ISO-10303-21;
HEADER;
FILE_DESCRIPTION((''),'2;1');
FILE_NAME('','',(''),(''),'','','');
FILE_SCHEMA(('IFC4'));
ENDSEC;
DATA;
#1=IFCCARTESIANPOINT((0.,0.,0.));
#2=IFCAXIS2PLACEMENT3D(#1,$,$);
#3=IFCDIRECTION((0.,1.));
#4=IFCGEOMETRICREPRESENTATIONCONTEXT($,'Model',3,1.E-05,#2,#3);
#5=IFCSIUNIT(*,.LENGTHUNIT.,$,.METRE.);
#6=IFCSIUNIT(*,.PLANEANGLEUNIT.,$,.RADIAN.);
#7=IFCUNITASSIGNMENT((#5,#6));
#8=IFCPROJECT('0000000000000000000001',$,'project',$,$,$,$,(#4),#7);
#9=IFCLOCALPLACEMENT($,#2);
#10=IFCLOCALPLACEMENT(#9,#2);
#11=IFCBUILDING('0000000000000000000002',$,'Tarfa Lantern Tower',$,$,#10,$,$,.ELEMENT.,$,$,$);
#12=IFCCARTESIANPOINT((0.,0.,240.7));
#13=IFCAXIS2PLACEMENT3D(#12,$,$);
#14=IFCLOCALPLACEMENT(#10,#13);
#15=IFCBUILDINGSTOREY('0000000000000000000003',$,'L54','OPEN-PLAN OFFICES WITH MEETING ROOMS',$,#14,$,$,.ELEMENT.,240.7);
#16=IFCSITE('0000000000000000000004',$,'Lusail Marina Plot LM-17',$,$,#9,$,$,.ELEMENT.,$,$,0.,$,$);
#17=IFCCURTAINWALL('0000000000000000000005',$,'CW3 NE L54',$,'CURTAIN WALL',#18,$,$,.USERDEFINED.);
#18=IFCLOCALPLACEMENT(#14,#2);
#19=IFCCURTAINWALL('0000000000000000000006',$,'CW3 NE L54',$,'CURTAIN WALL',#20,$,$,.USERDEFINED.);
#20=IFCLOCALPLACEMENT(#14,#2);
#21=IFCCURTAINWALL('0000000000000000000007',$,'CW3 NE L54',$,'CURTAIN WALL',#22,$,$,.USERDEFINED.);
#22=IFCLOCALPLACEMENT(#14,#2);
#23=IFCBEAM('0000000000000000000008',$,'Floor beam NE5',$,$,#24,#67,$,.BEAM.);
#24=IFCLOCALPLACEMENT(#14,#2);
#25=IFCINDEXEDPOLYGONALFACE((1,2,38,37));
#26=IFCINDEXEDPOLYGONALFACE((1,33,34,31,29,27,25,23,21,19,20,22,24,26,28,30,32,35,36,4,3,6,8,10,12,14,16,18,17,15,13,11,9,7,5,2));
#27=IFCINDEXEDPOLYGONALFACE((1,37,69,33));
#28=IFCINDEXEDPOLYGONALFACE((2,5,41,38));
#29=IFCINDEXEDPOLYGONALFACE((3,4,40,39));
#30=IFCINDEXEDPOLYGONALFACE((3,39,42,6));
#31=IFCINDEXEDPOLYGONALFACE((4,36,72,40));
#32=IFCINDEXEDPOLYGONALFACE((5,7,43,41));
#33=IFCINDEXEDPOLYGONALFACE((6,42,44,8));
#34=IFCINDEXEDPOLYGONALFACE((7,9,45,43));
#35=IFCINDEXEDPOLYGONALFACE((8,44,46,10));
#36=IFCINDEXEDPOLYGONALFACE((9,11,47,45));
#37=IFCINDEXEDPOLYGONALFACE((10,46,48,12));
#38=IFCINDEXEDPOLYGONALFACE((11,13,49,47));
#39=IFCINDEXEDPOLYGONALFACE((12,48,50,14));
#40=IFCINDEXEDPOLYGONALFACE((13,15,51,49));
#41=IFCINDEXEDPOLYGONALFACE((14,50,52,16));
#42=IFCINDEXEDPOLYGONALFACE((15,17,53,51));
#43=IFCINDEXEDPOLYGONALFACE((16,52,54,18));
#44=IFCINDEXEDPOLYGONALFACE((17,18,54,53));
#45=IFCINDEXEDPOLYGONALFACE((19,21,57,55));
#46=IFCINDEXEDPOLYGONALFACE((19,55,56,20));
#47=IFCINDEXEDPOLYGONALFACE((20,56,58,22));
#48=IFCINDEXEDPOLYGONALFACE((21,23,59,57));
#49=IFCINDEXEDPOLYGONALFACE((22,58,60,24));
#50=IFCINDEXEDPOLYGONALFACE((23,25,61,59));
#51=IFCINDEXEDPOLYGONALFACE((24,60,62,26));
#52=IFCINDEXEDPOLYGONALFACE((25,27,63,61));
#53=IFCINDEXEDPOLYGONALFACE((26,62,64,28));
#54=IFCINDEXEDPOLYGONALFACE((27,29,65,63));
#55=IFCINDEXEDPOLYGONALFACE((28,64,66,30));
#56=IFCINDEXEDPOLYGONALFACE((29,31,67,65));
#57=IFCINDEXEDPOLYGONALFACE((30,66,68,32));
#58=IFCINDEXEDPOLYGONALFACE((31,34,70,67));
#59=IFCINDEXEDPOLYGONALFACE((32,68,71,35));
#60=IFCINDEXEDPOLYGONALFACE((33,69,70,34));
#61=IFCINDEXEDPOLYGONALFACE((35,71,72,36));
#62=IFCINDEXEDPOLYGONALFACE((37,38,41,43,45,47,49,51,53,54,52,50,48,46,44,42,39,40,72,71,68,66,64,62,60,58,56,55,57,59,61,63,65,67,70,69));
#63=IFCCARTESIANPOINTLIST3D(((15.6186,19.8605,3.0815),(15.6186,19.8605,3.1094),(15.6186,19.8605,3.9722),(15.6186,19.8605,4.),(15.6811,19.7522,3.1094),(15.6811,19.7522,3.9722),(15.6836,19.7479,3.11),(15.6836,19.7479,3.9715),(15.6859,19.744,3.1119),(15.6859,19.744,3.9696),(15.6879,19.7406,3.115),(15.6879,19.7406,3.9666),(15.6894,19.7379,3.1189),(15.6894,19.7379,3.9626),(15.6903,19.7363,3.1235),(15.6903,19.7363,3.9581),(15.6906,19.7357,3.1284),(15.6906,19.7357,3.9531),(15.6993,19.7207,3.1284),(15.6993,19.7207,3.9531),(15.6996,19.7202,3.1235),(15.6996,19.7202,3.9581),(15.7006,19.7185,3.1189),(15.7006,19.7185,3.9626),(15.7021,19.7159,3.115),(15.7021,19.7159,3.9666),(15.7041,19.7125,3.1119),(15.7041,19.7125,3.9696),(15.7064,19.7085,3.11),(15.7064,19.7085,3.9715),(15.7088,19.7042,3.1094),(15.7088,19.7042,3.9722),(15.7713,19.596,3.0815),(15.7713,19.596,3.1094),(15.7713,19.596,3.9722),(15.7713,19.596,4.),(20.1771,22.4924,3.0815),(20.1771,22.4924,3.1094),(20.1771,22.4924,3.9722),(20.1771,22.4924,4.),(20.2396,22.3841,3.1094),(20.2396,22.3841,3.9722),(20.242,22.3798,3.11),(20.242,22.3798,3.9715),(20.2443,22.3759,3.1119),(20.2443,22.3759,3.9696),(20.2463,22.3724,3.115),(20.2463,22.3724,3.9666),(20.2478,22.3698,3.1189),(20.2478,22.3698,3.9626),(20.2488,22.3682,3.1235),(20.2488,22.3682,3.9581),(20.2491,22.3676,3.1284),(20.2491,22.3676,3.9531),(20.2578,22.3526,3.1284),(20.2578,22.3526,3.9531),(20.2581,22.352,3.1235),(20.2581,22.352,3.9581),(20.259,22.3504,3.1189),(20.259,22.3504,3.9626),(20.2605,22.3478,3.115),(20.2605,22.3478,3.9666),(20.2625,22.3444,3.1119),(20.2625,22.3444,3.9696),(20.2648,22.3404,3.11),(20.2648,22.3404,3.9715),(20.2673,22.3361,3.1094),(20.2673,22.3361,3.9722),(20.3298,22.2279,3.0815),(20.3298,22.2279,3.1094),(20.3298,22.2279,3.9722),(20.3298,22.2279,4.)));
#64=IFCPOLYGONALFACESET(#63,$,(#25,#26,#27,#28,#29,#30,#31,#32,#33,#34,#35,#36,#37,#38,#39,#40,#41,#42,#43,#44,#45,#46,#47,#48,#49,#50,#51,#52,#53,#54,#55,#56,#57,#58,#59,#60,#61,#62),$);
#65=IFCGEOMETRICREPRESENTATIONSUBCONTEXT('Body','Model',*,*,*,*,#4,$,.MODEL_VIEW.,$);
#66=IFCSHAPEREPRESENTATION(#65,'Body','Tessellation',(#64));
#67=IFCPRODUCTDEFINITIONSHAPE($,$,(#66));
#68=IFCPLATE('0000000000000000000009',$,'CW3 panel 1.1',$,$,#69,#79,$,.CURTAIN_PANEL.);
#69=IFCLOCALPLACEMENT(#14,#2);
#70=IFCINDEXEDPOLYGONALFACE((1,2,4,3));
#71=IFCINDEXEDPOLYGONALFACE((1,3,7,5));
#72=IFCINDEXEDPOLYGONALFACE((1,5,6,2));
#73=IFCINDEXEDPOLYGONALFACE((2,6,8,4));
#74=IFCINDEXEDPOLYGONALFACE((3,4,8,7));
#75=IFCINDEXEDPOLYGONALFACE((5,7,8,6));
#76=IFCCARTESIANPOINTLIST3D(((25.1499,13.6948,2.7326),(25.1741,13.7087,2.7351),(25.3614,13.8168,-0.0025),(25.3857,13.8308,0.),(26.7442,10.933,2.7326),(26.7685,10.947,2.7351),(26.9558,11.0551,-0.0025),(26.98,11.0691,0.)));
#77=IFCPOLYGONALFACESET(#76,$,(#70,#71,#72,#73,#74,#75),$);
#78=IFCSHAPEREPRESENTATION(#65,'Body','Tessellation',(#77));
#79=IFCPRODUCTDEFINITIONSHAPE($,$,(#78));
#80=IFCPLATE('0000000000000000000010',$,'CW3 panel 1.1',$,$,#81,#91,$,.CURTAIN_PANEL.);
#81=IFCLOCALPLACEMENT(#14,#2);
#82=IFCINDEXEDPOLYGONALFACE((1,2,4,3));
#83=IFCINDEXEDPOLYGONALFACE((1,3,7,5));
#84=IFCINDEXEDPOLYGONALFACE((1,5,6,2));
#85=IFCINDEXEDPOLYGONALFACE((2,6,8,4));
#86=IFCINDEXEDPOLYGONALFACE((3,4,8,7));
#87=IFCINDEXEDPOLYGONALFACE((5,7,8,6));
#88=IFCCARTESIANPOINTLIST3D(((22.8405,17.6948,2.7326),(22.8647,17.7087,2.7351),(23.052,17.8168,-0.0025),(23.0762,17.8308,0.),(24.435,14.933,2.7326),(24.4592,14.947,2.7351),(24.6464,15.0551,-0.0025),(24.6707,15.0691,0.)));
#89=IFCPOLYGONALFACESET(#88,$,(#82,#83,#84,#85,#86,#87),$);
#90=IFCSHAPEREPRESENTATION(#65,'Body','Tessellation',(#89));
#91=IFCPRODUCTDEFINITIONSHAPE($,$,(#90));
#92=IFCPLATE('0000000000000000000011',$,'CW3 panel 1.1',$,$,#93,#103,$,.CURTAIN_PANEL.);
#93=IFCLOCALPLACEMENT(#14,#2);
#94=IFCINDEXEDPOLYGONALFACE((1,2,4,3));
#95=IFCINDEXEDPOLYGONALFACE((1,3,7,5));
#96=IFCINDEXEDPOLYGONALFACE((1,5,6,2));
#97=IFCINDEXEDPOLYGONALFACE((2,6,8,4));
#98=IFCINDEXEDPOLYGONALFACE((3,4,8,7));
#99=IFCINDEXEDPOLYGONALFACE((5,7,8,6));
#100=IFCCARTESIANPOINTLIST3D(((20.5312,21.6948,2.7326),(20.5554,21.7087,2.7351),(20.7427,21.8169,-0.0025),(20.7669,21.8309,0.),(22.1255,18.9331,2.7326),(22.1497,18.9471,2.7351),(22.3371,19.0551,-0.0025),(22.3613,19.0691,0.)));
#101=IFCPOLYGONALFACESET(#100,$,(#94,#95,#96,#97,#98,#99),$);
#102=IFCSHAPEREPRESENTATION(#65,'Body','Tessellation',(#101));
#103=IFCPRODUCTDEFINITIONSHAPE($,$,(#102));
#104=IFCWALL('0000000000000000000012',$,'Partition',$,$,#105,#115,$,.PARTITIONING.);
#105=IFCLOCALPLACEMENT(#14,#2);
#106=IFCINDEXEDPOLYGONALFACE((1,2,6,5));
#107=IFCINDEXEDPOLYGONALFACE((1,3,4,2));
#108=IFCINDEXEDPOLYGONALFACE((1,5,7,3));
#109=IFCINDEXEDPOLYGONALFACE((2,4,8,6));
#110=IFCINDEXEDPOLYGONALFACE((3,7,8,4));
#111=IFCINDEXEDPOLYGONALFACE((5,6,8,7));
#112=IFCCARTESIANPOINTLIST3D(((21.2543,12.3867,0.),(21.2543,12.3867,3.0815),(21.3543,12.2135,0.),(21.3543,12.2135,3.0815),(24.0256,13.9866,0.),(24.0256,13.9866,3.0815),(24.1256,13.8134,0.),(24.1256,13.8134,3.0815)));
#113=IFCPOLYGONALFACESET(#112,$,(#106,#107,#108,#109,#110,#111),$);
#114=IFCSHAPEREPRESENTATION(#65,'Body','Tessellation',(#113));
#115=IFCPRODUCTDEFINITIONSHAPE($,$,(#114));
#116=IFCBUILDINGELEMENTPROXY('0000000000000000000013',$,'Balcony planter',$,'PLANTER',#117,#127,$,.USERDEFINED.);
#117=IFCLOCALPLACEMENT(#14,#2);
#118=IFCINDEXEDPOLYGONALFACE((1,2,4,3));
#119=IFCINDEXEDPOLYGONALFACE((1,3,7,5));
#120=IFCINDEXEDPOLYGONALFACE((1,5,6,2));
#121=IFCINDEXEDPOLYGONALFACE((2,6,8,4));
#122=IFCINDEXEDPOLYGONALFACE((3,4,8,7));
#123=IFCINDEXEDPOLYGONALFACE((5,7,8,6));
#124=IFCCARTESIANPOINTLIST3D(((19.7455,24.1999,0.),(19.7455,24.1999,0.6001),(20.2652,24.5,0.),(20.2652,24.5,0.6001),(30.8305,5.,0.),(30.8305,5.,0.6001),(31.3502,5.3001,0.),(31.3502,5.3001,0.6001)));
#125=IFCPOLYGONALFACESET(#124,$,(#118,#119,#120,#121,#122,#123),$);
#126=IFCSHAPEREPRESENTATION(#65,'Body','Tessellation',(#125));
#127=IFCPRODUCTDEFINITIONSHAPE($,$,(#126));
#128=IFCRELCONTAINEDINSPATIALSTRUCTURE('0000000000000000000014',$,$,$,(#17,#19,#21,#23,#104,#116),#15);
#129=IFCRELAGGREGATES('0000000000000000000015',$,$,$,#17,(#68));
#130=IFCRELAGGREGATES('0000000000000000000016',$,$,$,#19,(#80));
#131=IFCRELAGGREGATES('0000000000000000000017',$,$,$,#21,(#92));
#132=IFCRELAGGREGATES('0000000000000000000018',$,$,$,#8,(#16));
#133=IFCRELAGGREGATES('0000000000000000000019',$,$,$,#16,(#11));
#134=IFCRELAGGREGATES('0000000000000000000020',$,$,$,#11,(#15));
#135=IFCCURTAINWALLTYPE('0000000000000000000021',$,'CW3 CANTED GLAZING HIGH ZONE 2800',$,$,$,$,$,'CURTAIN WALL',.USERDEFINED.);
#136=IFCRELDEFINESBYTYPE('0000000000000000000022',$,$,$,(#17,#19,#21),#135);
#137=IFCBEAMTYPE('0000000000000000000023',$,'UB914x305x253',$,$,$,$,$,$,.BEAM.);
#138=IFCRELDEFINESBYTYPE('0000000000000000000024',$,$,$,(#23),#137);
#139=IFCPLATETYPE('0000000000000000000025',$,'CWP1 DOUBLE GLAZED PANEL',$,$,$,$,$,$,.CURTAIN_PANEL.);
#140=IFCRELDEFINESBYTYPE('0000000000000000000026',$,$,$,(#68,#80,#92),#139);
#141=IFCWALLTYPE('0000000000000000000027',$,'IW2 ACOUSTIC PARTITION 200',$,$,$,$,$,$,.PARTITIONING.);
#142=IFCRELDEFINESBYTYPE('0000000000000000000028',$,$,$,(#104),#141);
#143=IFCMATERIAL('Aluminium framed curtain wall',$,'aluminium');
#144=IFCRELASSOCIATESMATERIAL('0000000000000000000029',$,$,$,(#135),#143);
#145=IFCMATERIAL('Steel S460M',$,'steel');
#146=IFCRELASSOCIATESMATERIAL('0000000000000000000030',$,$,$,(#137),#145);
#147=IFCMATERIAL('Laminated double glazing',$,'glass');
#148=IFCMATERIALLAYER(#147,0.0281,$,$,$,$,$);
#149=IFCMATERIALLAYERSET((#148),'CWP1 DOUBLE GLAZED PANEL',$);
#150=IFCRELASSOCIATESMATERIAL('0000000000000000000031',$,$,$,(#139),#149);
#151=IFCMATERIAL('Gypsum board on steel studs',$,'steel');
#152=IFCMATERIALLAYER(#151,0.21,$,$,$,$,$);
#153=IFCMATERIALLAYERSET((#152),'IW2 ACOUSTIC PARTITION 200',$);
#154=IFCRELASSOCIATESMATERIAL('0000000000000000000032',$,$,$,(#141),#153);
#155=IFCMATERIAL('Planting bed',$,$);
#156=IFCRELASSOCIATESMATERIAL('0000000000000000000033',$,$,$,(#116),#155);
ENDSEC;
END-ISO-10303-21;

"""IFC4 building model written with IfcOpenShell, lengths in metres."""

from ifc_helpers import new_model, si_unit, direction, frame, frame_2d, origin, origin_2d, place, context, subcontext, project, spatial, polyline, rectangle, i_section, outline, extrude, material, layer, layer_set, material_profile, profile_set, type_object, element, aggregate, save


model = new_model("IFC4")

# Units and contexts
model_context = context("Model", 3, precision=1e-05, world=origin(), true_north=direction((0.0, 1.0)))
body_context = subcontext(model_context, "Body", "Model", "MODEL_VIEW")
ifc_project = project(units=[si_unit("LENGTHUNIT", "METRE"), si_unit("PLANEANGLEUNIT", "RADIAN")], contexts=[model_context])

# Site, building, storey
site_placement = place(None, origin())
site = spatial("IfcSite", under=ifc_project, at=site_placement, Name="Lusail Marina Plot LM-17", CompositionType="ELEMENT", RefElevation=0.0)
building_placement = place(site_placement, origin())
building = spatial("IfcBuilding", under=site, at=building_placement, Name="Tarfa Lantern Tower", CompositionType="ELEMENT")
storey_placement = place(building_placement, frame((0.0, 0.0, 240.7)))
storey = spatial("IfcBuildingStorey", under=building, at=storey_placement, Name="L54", Description="OPEN-PLAN OFFICES WITH MEETING ROOMS", CompositionType="ELEMENT", Elevation=240.7)

# Curtain walls
ifc_material_1 = material(Name="Aluminium framed curtain wall", Category="aluminium")
curtain_wall_type = type_object("IfcCurtainWallType", Name="CW3 CANTED GLAZING HIGH ZONE 2800", ElementType="CURTAIN WALL", PredefinedType="USERDEFINED", material=ifc_material_1)
curtain_wall_1_placement = place(storey_placement, origin())
curtain_wall_1 = element("IfcCurtainWall", 1, at=curtain_wall_1_placement, inside=storey, type_object=curtain_wall_type, Name="CW3 NE L54", ObjectType="CURTAIN WALL", PredefinedType="USERDEFINED")
curtain_wall_2_placement = place(storey_placement, origin())
curtain_wall_2 = element("IfcCurtainWall", 2, at=curtain_wall_2_placement, inside=storey, type_object=curtain_wall_type, Name="CW3 NE L54", ObjectType="CURTAIN WALL", PredefinedType="USERDEFINED")
curtain_wall_3_placement = place(storey_placement, origin())
curtain_wall_3 = element("IfcCurtainWall", 3, at=curtain_wall_3_placement, inside=storey, type_object=curtain_wall_type, Name="CW3 NE L54", ObjectType="CURTAIN WALL", PredefinedType="USERDEFINED")

# Beam
ifc_material_2 = material(Name="Steel S460M", Category="steel")
ifc_material_profile_1 = material_profile(ifc_material_2, i_section(OverallWidth=0.3054, OverallDepth=0.9185, WebThickness=0.0173, FlangeThickness=0.0278, FilletRadius=0.019, at=origin_2d()), Name="UB914x305x253")
ifc_profile_set_1 = profile_set([ifc_material_profile_1], Name="Steel S460M")
beam_type_1 = type_object("IfcBeamType", Name="UB914x305x253", PredefinedType="BEAM", material=ifc_profile_set_1)
beam_1_placement = place(storey_placement, frame((20.2534, 22.3601, 3.5408), z_axis=(-0.86602, -0.50001, 0.0), x_axis=(0.50001, -0.86602, 0.0)))
element("IfcBeam", 4, at=beam_1_placement, inside=storey, type_object=beam_type_1, Name="Floor beam NE5", PredefinedType="BEAM", context=body_context, shape_type="SweptSolid", body=[
    extrude(i_section(OverallWidth=0.3054, OverallDepth=0.9185, WebThickness=0.0173, FlangeThickness=0.0278, FilletRadius=0.019, at=origin_2d()), origin(), (0.0, 0.0, 1.0), 5.2637),
])

# Plates
ifc_material_3 = material(Name="Laminated double glazing", Category="glass")
ifc_layer_1 = layer(ifc_material_3, 0.0281)
ifc_layer_set_1 = layer_set([ifc_layer_1], Name="CWP1 DOUBLE GLAZED PANEL")
plate_type = type_object("IfcPlateType", Name="CWP1 DOUBLE GLAZED PANEL", PredefinedType="CURTAIN_PANEL", material=ifc_layer_set_1)
plate_1_placement = place(storey_placement, frame((26.98, 11.0691, 0.0), z_axis=(0.862609, 0.49799, 0.088945), x_axis=(-0.499972, 0.866042, -0.000003)))
plate_1 = element("IfcPlate", 5, at=plate_1_placement, type_object=plate_type, Name="CW3 panel 1.1", PredefinedType="CURTAIN_PANEL", context=body_context, shape_type="SweptSolid", body=[
    extrude(outline(polyline([(0.0, 0.0), (3.1888, 0.0), (3.1889, 2.746), (0.0, 2.746), (0.0, 0.0)])), origin(), (0.0, 0.0, -1.0), 0.0281),
])
aggregate(curtain_wall_1, [plate_1])
plate_2_placement = place(storey_placement, frame((24.6707, 15.0691, 0.0), z_axis=(0.862595, 0.498021, 0.088906), x_axis=(-0.500001, 0.866025, 0.0)))
plate_2 = element("IfcPlate", 6, at=plate_2_placement, type_object=plate_type, Name="CW3 panel 1.1", PredefinedType="CURTAIN_PANEL", context=body_context, shape_type="SweptSolid", body=[
    extrude(outline(polyline([(0.0, 0.0), (3.189, 0.0), (3.189, 2.746), (0.0, 2.746), (0.0, 0.0)])), origin(), (0.0, 0.0, -1.0), 0.0281),
])
aggregate(curtain_wall_2, [plate_2])
plate_3_placement = place(storey_placement, frame((22.3613, 19.0691, 0.0), z_axis=(0.862609, 0.49799, 0.088945), x_axis=(-0.499972, 0.866041, 0.000003)))
plate_3 = element("IfcPlate", 7, at=plate_3_placement, type_object=plate_type, Name="CW3 panel 1.1", PredefinedType="CURTAIN_PANEL", context=body_context, shape_type="SweptSolid", body=[
    extrude(outline(polyline([(0.0, 0.0), (3.189, 0.0), (3.189, 2.746), (0.0001, 2.746), (0.0, 0.0)])), origin(), (0.0, 0.0, -1.0), 0.0281),
])
aggregate(curtain_wall_3, [plate_3])

# Wall
ifc_material_4 = material(Name="Gypsum board on steel studs", Category="steel")
ifc_layer_2 = layer(ifc_material_4, 0.21)
ifc_layer_set_2 = layer_set([ifc_layer_2], Name="IW2 ACOUSTIC PARTITION 200")
wall_type = type_object("IfcWallType", Name="IW2 ACOUSTIC PARTITION 200", PredefinedType="PARTITIONING", material=ifc_layer_set_2)
wall_placement = place(storey_placement, frame((21.3042, 12.3, 0.0), z_axis=(0.0, 0.0, 1.0), x_axis=(0.866042, 0.499971, 0.0)))
element("IfcWall", 8, at=wall_placement, inside=storey, type_object=wall_type, Name="Partition", PredefinedType="PARTITIONING", context=body_context, shape_type="SweptSolid", body=[
    extrude(rectangle(XDim=3.2, YDim=0.2, at=frame_2d((1.6001, 0.0))), origin(), (0.0, 0.0, 1.0), 3.0815),
])

# Building element proxy
ifc_material_5 = material(Name="Planting bed")
proxy_placement = place(storey_placement, frame((25.5479, 14.75, 0.0), z_axis=(0.0, 0.0, 1.0), x_axis=(-0.5, 0.866025, 0.0)))
element("IfcBuildingElementProxy", 9, at=proxy_placement, inside=storey, material=ifc_material_5, Name="Balcony planter", ObjectType="PLANTER", PredefinedType="USERDEFINED", context=body_context, shape_type="SweptSolid", body=[
    extrude(rectangle(XDim=22.1702, YDim=0.6001, at=origin_2d()), origin(), (0.0, 0.0, 1.0), 0.6001),
])

save(model, "model.ifc")
